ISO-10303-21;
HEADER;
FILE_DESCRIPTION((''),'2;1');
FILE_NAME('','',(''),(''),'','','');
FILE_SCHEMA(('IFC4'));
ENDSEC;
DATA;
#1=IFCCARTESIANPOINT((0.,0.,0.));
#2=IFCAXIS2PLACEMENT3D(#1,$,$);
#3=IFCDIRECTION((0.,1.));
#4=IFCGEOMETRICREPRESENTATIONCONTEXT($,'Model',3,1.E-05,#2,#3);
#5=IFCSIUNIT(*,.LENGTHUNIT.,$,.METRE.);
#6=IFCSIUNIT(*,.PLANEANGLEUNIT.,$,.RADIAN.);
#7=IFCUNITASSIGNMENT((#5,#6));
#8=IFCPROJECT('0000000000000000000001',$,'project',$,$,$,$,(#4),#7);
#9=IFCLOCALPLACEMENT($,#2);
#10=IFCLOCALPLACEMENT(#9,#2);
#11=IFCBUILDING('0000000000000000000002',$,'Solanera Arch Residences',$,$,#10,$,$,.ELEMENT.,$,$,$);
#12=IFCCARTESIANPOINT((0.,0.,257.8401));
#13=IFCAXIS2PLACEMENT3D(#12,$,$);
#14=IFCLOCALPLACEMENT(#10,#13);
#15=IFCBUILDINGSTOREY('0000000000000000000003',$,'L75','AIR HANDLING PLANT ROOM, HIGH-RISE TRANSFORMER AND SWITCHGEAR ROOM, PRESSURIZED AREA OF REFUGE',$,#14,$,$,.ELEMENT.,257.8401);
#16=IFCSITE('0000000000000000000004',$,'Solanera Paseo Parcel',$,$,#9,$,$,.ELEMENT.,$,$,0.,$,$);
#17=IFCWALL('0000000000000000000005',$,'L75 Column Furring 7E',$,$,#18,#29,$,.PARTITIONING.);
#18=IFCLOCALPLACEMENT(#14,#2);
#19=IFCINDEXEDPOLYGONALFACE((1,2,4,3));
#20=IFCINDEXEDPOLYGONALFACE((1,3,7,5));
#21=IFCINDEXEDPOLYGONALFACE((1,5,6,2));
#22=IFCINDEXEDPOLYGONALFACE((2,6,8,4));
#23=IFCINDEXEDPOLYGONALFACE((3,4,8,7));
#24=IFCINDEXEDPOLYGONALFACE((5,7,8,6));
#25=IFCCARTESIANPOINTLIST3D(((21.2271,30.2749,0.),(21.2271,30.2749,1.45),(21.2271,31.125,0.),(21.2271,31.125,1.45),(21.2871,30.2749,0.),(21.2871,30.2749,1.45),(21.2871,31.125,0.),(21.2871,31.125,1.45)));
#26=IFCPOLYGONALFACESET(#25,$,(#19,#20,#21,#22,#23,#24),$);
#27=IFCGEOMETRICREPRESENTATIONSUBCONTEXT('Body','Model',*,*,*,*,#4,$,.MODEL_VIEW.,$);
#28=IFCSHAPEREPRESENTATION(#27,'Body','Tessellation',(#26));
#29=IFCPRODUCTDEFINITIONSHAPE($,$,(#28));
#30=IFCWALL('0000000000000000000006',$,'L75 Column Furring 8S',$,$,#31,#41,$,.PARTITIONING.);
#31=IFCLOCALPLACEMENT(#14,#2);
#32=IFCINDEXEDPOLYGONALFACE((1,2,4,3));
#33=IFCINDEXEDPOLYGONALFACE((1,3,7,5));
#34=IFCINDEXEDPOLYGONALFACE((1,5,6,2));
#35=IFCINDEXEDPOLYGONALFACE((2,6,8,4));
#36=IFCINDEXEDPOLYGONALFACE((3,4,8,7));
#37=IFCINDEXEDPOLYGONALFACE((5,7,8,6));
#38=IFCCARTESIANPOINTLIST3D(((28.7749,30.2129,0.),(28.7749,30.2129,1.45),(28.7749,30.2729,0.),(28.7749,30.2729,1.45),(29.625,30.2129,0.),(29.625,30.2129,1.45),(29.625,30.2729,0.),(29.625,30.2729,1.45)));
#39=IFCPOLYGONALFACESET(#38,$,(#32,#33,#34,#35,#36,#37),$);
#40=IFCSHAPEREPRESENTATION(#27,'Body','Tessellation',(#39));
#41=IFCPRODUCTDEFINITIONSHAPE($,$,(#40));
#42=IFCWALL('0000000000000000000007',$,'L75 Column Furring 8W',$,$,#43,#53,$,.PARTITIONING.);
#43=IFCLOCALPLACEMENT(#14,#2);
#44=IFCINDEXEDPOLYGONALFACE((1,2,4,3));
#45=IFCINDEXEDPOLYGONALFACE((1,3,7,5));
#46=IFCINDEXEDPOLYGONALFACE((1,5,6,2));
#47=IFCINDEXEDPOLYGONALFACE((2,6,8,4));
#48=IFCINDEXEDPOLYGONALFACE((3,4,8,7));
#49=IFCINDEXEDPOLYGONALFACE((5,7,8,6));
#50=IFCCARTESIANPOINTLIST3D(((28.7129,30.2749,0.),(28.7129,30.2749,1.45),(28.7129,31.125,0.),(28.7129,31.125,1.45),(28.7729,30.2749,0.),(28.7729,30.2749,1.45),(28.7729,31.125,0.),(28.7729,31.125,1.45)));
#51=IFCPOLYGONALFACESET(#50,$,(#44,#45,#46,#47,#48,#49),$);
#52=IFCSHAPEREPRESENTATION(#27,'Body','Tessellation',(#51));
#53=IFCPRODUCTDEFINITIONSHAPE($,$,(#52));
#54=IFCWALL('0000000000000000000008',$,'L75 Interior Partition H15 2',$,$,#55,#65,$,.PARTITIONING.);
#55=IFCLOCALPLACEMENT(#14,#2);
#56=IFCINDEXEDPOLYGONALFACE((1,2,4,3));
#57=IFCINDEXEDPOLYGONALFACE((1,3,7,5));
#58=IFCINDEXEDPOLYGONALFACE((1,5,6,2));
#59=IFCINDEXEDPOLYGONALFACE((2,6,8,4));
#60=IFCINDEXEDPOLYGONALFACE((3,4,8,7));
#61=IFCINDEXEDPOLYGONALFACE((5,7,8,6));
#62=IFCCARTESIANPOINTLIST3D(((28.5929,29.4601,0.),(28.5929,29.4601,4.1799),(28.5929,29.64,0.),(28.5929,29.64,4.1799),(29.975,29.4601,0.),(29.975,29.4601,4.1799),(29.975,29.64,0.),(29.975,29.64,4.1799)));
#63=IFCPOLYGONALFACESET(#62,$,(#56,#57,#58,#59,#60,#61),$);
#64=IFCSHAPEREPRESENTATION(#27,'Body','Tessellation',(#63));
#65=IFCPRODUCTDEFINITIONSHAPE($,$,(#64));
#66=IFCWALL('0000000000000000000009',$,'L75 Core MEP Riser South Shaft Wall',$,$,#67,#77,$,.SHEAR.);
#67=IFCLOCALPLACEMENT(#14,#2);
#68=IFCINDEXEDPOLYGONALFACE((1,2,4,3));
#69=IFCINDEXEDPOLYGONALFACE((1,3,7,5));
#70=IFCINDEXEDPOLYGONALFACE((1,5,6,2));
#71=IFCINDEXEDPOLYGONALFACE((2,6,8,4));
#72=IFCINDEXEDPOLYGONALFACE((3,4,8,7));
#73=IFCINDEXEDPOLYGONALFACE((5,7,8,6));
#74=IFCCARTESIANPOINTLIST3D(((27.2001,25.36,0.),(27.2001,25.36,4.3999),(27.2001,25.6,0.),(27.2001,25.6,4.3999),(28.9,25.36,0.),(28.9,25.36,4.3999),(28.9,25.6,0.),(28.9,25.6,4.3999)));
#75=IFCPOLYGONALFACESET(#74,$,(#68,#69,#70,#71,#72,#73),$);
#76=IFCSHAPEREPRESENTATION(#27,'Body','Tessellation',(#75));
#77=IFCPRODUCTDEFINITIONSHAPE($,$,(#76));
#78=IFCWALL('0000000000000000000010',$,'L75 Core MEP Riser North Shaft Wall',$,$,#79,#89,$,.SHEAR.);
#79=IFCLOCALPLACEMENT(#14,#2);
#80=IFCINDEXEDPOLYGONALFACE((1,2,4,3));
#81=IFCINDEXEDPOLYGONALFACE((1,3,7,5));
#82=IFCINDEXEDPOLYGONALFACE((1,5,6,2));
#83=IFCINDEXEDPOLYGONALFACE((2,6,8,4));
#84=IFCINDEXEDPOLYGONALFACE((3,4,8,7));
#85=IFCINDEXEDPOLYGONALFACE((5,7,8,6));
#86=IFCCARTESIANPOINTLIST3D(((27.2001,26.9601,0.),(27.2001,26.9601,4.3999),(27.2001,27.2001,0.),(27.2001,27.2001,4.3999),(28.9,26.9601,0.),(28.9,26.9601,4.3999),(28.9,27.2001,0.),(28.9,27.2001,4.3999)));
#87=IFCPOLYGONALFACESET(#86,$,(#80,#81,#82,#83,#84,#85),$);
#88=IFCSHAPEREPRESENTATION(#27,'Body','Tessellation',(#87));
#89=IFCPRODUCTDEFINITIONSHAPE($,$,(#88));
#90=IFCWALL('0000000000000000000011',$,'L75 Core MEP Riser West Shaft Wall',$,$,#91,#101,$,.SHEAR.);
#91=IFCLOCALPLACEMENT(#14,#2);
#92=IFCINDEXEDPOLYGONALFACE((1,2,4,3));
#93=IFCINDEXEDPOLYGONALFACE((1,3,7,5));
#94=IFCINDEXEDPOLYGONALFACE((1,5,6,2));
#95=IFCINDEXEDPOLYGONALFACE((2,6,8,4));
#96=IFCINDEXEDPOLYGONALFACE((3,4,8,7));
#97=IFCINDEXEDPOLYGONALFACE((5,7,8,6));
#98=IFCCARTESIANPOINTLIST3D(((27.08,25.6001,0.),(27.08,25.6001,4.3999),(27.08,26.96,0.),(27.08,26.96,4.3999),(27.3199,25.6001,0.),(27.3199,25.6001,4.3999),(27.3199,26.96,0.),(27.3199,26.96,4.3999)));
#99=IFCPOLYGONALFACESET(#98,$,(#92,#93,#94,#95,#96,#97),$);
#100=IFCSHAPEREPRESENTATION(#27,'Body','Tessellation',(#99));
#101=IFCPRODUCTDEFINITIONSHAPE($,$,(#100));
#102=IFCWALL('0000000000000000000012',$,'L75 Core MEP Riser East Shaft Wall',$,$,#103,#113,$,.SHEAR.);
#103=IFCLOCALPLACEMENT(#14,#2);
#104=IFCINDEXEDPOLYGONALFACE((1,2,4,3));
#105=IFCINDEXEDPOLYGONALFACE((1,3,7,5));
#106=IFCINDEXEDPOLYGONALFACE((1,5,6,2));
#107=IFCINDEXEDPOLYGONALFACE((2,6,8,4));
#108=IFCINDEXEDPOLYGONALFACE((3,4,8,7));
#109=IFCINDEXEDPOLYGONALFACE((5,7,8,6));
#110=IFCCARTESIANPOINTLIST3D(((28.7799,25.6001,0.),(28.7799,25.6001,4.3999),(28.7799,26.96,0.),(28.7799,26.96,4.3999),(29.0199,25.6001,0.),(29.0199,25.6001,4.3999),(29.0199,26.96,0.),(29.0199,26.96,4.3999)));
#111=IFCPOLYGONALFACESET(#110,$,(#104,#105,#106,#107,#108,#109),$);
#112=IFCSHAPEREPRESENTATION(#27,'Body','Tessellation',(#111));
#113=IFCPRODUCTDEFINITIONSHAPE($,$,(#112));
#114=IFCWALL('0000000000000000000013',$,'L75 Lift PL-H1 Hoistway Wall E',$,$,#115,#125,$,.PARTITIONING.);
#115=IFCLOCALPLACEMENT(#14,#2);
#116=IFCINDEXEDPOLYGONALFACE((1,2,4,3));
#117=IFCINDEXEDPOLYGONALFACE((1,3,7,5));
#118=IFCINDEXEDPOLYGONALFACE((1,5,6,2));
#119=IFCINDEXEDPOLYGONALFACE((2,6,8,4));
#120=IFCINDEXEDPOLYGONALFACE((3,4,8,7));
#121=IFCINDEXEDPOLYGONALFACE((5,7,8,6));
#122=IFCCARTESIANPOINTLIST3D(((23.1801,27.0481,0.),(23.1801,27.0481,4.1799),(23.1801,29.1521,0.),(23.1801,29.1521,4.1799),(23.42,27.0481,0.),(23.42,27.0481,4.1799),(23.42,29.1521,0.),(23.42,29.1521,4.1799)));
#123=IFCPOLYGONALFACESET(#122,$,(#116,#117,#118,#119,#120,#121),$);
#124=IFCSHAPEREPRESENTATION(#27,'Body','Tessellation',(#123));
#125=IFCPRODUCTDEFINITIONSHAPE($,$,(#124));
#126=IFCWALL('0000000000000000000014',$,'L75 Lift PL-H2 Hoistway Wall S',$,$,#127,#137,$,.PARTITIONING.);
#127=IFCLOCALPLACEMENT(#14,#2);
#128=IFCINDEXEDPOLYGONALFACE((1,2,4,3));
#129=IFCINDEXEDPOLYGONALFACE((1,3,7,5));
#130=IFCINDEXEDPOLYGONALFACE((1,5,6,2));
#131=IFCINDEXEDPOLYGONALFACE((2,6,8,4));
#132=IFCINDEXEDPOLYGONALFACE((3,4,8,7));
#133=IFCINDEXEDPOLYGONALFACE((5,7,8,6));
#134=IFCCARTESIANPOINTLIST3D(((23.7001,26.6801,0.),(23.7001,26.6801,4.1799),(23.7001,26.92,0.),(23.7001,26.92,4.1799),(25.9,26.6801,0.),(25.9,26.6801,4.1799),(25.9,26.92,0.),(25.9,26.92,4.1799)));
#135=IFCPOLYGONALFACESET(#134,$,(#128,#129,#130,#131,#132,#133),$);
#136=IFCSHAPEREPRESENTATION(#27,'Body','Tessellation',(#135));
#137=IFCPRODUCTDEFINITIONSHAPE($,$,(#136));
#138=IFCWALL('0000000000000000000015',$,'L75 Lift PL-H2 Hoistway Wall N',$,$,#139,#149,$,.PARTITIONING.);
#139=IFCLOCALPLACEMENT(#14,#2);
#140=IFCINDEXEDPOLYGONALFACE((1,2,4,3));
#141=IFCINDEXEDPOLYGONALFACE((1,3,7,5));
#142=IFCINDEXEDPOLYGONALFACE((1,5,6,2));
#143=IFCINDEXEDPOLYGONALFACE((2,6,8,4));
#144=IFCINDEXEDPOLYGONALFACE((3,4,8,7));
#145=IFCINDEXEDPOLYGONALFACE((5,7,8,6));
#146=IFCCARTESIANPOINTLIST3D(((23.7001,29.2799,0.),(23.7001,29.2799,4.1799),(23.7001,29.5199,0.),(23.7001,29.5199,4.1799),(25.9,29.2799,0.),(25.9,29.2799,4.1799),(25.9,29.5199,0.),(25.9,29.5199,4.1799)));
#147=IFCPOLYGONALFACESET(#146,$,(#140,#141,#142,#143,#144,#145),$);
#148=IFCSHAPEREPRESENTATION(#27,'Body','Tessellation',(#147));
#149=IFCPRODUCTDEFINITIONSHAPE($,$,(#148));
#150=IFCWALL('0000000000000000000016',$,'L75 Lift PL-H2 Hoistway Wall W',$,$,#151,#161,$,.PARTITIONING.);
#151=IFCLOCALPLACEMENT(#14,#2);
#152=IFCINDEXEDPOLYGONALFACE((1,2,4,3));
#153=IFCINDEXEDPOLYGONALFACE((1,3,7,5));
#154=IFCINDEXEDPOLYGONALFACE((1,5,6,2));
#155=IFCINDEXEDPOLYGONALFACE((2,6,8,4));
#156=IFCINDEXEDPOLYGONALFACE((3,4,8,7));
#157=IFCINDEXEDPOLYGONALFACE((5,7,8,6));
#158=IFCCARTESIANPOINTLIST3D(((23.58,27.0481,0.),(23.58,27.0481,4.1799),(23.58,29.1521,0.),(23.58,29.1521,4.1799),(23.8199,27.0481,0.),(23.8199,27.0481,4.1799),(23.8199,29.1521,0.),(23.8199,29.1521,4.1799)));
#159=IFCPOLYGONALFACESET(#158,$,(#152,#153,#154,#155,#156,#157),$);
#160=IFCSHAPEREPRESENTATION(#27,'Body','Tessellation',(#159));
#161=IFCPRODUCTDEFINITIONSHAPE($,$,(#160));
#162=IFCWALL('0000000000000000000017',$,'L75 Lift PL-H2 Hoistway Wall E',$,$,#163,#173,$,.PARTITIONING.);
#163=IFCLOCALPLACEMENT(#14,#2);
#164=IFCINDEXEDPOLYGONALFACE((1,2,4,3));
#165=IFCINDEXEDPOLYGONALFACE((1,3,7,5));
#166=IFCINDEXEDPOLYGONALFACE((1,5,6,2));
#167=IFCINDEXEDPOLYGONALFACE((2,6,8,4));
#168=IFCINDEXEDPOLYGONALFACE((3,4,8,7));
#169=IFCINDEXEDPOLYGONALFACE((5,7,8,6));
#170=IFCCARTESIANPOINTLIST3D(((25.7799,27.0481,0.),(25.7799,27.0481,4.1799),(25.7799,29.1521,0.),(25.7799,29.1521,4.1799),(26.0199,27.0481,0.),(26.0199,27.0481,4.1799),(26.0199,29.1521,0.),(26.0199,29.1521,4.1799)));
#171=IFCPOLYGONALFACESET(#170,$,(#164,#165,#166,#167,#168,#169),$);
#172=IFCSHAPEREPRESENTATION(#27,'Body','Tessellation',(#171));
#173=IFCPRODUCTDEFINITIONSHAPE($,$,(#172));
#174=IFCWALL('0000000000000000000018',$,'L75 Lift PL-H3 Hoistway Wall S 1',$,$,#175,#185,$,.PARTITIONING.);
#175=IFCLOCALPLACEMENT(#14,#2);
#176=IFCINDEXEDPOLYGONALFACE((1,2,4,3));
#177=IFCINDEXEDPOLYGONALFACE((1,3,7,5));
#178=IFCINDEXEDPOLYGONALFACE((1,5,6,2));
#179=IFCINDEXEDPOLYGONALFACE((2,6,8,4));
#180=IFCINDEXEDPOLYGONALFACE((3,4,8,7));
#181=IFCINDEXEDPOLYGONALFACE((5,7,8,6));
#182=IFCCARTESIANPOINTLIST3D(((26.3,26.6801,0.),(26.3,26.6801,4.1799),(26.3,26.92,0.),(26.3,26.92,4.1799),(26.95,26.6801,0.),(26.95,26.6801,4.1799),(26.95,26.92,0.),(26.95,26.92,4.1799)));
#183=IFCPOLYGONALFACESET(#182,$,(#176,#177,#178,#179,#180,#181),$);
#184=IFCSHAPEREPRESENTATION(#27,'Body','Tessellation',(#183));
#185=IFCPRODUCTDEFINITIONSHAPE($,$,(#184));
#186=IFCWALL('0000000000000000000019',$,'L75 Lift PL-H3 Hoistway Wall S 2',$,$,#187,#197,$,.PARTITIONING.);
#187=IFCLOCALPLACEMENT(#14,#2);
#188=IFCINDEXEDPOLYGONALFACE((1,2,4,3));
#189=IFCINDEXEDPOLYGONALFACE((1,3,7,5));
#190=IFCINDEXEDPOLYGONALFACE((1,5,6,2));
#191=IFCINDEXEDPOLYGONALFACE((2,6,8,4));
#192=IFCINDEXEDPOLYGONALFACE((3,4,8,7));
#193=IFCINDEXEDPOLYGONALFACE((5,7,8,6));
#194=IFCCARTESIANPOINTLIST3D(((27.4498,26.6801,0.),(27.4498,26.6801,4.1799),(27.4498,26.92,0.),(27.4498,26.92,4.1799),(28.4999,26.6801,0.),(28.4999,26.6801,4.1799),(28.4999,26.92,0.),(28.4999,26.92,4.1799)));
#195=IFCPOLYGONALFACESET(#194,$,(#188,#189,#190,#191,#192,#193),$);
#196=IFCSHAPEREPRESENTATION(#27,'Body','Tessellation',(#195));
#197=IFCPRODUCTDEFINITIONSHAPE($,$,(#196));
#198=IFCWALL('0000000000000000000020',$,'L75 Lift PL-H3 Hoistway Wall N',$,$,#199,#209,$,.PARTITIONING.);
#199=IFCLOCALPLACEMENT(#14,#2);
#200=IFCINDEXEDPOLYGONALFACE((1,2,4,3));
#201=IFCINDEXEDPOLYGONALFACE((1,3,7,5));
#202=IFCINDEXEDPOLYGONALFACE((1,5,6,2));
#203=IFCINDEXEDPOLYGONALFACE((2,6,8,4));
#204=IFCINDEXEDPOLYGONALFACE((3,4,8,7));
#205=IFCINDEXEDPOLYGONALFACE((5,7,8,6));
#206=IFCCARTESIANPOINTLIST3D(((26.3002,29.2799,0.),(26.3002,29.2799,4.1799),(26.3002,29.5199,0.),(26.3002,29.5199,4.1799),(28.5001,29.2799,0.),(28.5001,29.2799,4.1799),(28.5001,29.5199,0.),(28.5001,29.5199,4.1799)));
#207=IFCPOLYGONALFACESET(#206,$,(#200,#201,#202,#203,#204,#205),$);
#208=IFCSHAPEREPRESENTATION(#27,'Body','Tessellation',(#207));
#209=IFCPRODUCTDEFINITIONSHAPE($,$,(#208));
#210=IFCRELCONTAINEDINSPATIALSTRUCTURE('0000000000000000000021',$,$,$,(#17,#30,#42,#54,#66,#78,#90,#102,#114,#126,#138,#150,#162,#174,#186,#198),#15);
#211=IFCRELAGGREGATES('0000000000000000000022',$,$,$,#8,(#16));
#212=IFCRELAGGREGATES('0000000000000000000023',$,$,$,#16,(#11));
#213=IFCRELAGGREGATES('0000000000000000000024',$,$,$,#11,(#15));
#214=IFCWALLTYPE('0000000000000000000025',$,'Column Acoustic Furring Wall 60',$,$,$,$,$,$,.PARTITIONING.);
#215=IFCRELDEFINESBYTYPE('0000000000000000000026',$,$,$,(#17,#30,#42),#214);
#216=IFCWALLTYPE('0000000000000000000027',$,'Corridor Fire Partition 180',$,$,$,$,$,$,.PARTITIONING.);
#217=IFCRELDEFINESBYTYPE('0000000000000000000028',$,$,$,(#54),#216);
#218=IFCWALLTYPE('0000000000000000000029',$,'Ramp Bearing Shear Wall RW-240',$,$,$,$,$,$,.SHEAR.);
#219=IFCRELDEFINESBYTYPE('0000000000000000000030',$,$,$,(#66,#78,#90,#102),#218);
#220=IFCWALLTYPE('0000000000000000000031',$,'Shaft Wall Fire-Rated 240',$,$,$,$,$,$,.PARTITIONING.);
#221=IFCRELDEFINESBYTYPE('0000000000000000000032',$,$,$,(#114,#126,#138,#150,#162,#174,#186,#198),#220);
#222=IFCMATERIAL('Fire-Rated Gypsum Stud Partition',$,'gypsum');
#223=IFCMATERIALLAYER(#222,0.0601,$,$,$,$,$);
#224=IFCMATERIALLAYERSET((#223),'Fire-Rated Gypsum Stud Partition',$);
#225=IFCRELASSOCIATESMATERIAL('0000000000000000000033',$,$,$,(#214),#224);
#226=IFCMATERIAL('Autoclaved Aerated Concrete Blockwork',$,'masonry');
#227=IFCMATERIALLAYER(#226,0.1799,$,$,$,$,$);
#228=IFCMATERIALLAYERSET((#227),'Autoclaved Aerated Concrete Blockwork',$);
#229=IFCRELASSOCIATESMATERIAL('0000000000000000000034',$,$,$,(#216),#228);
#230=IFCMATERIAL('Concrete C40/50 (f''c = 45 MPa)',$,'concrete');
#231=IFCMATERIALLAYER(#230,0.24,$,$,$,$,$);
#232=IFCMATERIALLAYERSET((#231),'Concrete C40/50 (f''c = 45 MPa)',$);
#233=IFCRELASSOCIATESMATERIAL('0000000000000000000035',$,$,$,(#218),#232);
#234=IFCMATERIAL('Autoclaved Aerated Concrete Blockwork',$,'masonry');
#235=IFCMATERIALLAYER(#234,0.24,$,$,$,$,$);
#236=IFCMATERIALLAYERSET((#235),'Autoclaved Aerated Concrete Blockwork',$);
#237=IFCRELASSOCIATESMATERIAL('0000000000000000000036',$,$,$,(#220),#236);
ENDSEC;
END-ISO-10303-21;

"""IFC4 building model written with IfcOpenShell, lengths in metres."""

from ifc_helpers import new_model, si_unit, direction, frame, frame_2d, origin, place, context, subcontext, project, spatial, rectangle, extrude, material, layer, layer_set, type_object, element, save


model = new_model("IFC4")

# Units and contexts
model_context = context("Model", 3, precision=1e-05, world=origin(), true_north=direction((0.0, 1.0)))
body_context = subcontext(model_context, "Body", "Model", "MODEL_VIEW")
ifc_project = project(units=[si_unit("LENGTHUNIT", "METRE"), si_unit("PLANEANGLEUNIT", "RADIAN")], contexts=[model_context])

# Site, building, storey
site_placement = place(None, origin())
site = spatial("IfcSite", under=ifc_project, at=site_placement, Name="Solanera Paseo Parcel", CompositionType="ELEMENT", RefElevation=0.0)
building_placement = place(site_placement, origin())
building = spatial("IfcBuilding", under=site, at=building_placement, Name="Solanera Arch Residences", CompositionType="ELEMENT")
storey_placement = place(building_placement, frame((0.0, 0.0, 257.8401)))
storey = spatial("IfcBuildingStorey", under=building, at=storey_placement, Name="L75", Description="AIR HANDLING PLANT ROOM, HIGH-RISE TRANSFORMER AND SWITCHGEAR ROOM, PRESSURIZED AREA OF REFUGE", CompositionType="ELEMENT", Elevation=257.8401)

# Walls
ifc_material_1 = material(Name="Fire-Rated Gypsum Stud Partition", Category="gypsum")
ifc_layer_1 = layer(ifc_material_1, 0.0601)
ifc_layer_set_1 = layer_set([ifc_layer_1], Name="Fire-Rated Gypsum Stud Partition")
wall_type_1 = type_object("IfcWallType", Name="Column Acoustic Furring Wall 60", PredefinedType="PARTITIONING", material=ifc_layer_set_1)
for number, where, z_axis, x_axis, name in (
    (1, (21.2571, 30.2749, 0.0), (0.0, 0.0, 1.0), (0.0, 1.0, 0.0), "L75 Column Furring 7E"),
    (2, (28.7749, 30.2429, 0.0), (0.0, 0.0, 1.0), (1.0, 0.0, 0.0), "L75 Column Furring 8S"),
    (3, (28.7429, 30.2749, 0.0), (0.0, 0.0, 1.0), (0.0, 1.0, 0.0), "L75 Column Furring 8W"),
):
    element("IfcWall", number, at=place(storey_placement, frame(where, z_axis=z_axis, x_axis=x_axis)), inside=storey, type_object=wall_type_1, Name=name, PredefinedType="PARTITIONING", context=body_context, shape_type="SweptSolid", body=[
        extrude(rectangle(XDim=0.8501, YDim=0.0601, at=frame_2d((0.425, 0.0))), origin(), (0.0, 0.0, 1.0), 1.45),
    ])
ifc_material_2 = material(Name="Autoclaved Aerated Concrete Blockwork", Category="masonry")
ifc_layer_2 = layer(ifc_material_2, 0.1799)
ifc_layer_set_2 = layer_set([ifc_layer_2], Name="Autoclaved Aerated Concrete Blockwork")
wall_type_2 = type_object("IfcWallType", Name="Corridor Fire Partition 180", PredefinedType="PARTITIONING", material=ifc_layer_set_2)
wall_1_placement = place(storey_placement, frame((28.593, 29.55, 0.0), z_axis=(0.0, 0.0, 1.0), x_axis=(1.0, 0.0, 0.0)))
element("IfcWall", 4, at=wall_1_placement, inside=storey, type_object=wall_type_2, Name="L75 Interior Partition H15 2", PredefinedType="PARTITIONING", context=body_context, shape_type="SweptSolid", body=[
    extrude(rectangle(XDim=1.3821, YDim=0.1799, at=frame_2d((0.6909, 0.0))), origin(), (0.0, 0.0, 1.0), 4.1799),
])
ifc_material_3 = material(Name="Concrete C40/50 (f'c = 45 MPa)", Category="concrete")
ifc_layer_3 = layer(ifc_material_3, 0.24)
ifc_layer_set_3 = layer_set([ifc_layer_3], Name="Concrete C40/50 (f'c = 45 MPa)")
wall_type_3 = type_object("IfcWallType", Name="Ramp Bearing Shear Wall RW-240", PredefinedType="SHEAR", material=ifc_layer_set_3)
for number, where, z_axis, x_axis, name in (
    (5, (27.2, 25.48, 0.0), (0.0, 0.0, 1.0), (1.0, 0.0, 0.0), "L75 Core MEP Riser South Shaft Wall"),
    (6, (27.2, 27.0801, 0.0), (0.0, 0.0, 1.0), (1.0, 0.0, 0.0), "L75 Core MEP Riser North Shaft Wall"),
):
    element("IfcWall", number, at=place(storey_placement, frame(where, z_axis=z_axis, x_axis=x_axis)), inside=storey, type_object=wall_type_3, Name=name, PredefinedType="SHEAR", context=body_context, shape_type="SweptSolid", body=[
        extrude(rectangle(XDim=1.7, YDim=0.24, at=frame_2d((0.8501, 0.0))), origin(), (0.0, 0.0, 1.0), 4.3999),
    ])
for number, where, z_axis, x_axis, name in (
    (7, (27.2, 25.6001, 0.0), (0.0, 0.0, 1.0), (0.0, 1.0, 0.0), "L75 Core MEP Riser West Shaft Wall"),
    (8, (28.8999, 25.6001, 0.0), (0.0, 0.0, 1.0), (0.0, 1.0, 0.0), "L75 Core MEP Riser East Shaft Wall"),
):
    element("IfcWall", number, at=place(storey_placement, frame(where, z_axis=z_axis, x_axis=x_axis)), inside=storey, type_object=wall_type_3, Name=name, PredefinedType="SHEAR", context=body_context, shape_type="SweptSolid", body=[
        extrude(rectangle(XDim=1.3599, YDim=0.24, at=frame_2d((0.6799, 0.0))), origin(), (0.0, 0.0, 1.0), 4.3999),
    ])
ifc_material_4 = material(Name="Autoclaved Aerated Concrete Blockwork", Category="masonry")
ifc_layer_4 = layer(ifc_material_4, 0.24)
ifc_layer_set_4 = layer_set([ifc_layer_4], Name="Autoclaved Aerated Concrete Blockwork")
wall_type_4 = type_object("IfcWallType", Name="Shaft Wall Fire-Rated 240", PredefinedType="PARTITIONING", material=ifc_layer_set_4)
wall_2_placement = place(storey_placement, frame((23.3, 27.0481, 0.0), z_axis=(0.0, 0.0, 1.0), x_axis=(0.0, 1.0, 0.0)))
element("IfcWall", 9, at=wall_2_placement, inside=storey, type_object=wall_type_4, Name="L75 Lift PL-H1 Hoistway Wall E", PredefinedType="PARTITIONING", context=body_context, shape_type="SweptSolid", body=[
    extrude(rectangle(XDim=2.104, YDim=0.24, at=frame_2d((1.052, 0.0))), origin(), (0.0, 0.0, 1.0), 4.1799),
])
for number, where, z_axis, x_axis, name in (
    (10, (23.7, 26.8, 0.0), (0.0, 0.0, 1.0), (1.0, 0.0, 0.0), "L75 Lift PL-H2 Hoistway Wall S"),
    (11, (23.7, 29.3999, 0.0), (0.0, 0.0, 1.0), (1.0, 0.0, 0.0), "L75 Lift PL-H2 Hoistway Wall N"),
):
    element("IfcWall", number, at=place(storey_placement, frame(where, z_axis=z_axis, x_axis=x_axis)), inside=storey, type_object=wall_type_4, Name=name, PredefinedType="PARTITIONING", context=body_context, shape_type="SweptSolid", body=[
        extrude(rectangle(XDim=2.2, YDim=0.24, at=frame_2d((1.1001, 0.0))), origin(), (0.0, 0.0, 1.0), 4.1799),
    ])
for number, where, z_axis, x_axis, name in (
    (12, (23.7, 27.0481, 0.0), (0.0, 0.0, 1.0), (0.0, 1.0, 0.0), "L75 Lift PL-H2 Hoistway Wall W"),
    (13, (25.8999, 27.0481, 0.0), (0.0, 0.0, 1.0), (0.0, 1.0, 0.0), "L75 Lift PL-H2 Hoistway Wall E"),
):
    element("IfcWall", number, at=place(storey_placement, frame(where, z_axis=z_axis, x_axis=x_axis)), inside=storey, type_object=wall_type_4, Name=name, PredefinedType="PARTITIONING", context=body_context, shape_type="SweptSolid", body=[
        extrude(rectangle(XDim=2.104, YDim=0.24, at=frame_2d((1.052, 0.0))), origin(), (0.0, 0.0, 1.0), 4.1799),
    ])
wall_3_placement = place(storey_placement, frame((26.3, 26.8, 0.0), z_axis=(0.0, 0.0, 1.0), x_axis=(1.0, 0.0, 0.0)))
element("IfcWall", 14, at=wall_3_placement, inside=storey, type_object=wall_type_4, Name="L75 Lift PL-H3 Hoistway Wall S 1", PredefinedType="PARTITIONING", context=body_context, shape_type="SweptSolid", body=[
    extrude(rectangle(XDim=0.6499, YDim=0.24, at=frame_2d((0.325, 0.0))), origin(), (0.0, 0.0, 1.0), 4.1799),
])
wall_4_placement = place(storey_placement, frame((27.45, 26.8, 0.0), z_axis=(0.0, 0.0, 1.0), x_axis=(1.0, 0.0, 0.0)))
element("IfcWall", 15, at=wall_4_placement, inside=storey, type_object=wall_type_4, Name="L75 Lift PL-H3 Hoistway Wall S 2", PredefinedType="PARTITIONING", context=body_context, shape_type="SweptSolid", body=[
    extrude(rectangle(XDim=1.05, YDim=0.24, at=frame_2d((0.5249, 0.0))), origin(), (0.0, 0.0, 1.0), 4.1799),
])
wall_5_placement = place(storey_placement, frame((26.3, 29.3999, 0.0), z_axis=(0.0, 0.0, 1.0), x_axis=(1.0, 0.0, 0.0)))
element("IfcWall", 16, at=wall_5_placement, inside=storey, type_object=wall_type_4, Name="L75 Lift PL-H3 Hoistway Wall N", PredefinedType="PARTITIONING", context=body_context, shape_type="SweptSolid", body=[
    extrude(rectangle(XDim=2.2, YDim=0.24, at=frame_2d((1.1001, 0.0))), origin(), (0.0, 0.0, 1.0), 4.1799),
])

save(model, "model.ifc")
